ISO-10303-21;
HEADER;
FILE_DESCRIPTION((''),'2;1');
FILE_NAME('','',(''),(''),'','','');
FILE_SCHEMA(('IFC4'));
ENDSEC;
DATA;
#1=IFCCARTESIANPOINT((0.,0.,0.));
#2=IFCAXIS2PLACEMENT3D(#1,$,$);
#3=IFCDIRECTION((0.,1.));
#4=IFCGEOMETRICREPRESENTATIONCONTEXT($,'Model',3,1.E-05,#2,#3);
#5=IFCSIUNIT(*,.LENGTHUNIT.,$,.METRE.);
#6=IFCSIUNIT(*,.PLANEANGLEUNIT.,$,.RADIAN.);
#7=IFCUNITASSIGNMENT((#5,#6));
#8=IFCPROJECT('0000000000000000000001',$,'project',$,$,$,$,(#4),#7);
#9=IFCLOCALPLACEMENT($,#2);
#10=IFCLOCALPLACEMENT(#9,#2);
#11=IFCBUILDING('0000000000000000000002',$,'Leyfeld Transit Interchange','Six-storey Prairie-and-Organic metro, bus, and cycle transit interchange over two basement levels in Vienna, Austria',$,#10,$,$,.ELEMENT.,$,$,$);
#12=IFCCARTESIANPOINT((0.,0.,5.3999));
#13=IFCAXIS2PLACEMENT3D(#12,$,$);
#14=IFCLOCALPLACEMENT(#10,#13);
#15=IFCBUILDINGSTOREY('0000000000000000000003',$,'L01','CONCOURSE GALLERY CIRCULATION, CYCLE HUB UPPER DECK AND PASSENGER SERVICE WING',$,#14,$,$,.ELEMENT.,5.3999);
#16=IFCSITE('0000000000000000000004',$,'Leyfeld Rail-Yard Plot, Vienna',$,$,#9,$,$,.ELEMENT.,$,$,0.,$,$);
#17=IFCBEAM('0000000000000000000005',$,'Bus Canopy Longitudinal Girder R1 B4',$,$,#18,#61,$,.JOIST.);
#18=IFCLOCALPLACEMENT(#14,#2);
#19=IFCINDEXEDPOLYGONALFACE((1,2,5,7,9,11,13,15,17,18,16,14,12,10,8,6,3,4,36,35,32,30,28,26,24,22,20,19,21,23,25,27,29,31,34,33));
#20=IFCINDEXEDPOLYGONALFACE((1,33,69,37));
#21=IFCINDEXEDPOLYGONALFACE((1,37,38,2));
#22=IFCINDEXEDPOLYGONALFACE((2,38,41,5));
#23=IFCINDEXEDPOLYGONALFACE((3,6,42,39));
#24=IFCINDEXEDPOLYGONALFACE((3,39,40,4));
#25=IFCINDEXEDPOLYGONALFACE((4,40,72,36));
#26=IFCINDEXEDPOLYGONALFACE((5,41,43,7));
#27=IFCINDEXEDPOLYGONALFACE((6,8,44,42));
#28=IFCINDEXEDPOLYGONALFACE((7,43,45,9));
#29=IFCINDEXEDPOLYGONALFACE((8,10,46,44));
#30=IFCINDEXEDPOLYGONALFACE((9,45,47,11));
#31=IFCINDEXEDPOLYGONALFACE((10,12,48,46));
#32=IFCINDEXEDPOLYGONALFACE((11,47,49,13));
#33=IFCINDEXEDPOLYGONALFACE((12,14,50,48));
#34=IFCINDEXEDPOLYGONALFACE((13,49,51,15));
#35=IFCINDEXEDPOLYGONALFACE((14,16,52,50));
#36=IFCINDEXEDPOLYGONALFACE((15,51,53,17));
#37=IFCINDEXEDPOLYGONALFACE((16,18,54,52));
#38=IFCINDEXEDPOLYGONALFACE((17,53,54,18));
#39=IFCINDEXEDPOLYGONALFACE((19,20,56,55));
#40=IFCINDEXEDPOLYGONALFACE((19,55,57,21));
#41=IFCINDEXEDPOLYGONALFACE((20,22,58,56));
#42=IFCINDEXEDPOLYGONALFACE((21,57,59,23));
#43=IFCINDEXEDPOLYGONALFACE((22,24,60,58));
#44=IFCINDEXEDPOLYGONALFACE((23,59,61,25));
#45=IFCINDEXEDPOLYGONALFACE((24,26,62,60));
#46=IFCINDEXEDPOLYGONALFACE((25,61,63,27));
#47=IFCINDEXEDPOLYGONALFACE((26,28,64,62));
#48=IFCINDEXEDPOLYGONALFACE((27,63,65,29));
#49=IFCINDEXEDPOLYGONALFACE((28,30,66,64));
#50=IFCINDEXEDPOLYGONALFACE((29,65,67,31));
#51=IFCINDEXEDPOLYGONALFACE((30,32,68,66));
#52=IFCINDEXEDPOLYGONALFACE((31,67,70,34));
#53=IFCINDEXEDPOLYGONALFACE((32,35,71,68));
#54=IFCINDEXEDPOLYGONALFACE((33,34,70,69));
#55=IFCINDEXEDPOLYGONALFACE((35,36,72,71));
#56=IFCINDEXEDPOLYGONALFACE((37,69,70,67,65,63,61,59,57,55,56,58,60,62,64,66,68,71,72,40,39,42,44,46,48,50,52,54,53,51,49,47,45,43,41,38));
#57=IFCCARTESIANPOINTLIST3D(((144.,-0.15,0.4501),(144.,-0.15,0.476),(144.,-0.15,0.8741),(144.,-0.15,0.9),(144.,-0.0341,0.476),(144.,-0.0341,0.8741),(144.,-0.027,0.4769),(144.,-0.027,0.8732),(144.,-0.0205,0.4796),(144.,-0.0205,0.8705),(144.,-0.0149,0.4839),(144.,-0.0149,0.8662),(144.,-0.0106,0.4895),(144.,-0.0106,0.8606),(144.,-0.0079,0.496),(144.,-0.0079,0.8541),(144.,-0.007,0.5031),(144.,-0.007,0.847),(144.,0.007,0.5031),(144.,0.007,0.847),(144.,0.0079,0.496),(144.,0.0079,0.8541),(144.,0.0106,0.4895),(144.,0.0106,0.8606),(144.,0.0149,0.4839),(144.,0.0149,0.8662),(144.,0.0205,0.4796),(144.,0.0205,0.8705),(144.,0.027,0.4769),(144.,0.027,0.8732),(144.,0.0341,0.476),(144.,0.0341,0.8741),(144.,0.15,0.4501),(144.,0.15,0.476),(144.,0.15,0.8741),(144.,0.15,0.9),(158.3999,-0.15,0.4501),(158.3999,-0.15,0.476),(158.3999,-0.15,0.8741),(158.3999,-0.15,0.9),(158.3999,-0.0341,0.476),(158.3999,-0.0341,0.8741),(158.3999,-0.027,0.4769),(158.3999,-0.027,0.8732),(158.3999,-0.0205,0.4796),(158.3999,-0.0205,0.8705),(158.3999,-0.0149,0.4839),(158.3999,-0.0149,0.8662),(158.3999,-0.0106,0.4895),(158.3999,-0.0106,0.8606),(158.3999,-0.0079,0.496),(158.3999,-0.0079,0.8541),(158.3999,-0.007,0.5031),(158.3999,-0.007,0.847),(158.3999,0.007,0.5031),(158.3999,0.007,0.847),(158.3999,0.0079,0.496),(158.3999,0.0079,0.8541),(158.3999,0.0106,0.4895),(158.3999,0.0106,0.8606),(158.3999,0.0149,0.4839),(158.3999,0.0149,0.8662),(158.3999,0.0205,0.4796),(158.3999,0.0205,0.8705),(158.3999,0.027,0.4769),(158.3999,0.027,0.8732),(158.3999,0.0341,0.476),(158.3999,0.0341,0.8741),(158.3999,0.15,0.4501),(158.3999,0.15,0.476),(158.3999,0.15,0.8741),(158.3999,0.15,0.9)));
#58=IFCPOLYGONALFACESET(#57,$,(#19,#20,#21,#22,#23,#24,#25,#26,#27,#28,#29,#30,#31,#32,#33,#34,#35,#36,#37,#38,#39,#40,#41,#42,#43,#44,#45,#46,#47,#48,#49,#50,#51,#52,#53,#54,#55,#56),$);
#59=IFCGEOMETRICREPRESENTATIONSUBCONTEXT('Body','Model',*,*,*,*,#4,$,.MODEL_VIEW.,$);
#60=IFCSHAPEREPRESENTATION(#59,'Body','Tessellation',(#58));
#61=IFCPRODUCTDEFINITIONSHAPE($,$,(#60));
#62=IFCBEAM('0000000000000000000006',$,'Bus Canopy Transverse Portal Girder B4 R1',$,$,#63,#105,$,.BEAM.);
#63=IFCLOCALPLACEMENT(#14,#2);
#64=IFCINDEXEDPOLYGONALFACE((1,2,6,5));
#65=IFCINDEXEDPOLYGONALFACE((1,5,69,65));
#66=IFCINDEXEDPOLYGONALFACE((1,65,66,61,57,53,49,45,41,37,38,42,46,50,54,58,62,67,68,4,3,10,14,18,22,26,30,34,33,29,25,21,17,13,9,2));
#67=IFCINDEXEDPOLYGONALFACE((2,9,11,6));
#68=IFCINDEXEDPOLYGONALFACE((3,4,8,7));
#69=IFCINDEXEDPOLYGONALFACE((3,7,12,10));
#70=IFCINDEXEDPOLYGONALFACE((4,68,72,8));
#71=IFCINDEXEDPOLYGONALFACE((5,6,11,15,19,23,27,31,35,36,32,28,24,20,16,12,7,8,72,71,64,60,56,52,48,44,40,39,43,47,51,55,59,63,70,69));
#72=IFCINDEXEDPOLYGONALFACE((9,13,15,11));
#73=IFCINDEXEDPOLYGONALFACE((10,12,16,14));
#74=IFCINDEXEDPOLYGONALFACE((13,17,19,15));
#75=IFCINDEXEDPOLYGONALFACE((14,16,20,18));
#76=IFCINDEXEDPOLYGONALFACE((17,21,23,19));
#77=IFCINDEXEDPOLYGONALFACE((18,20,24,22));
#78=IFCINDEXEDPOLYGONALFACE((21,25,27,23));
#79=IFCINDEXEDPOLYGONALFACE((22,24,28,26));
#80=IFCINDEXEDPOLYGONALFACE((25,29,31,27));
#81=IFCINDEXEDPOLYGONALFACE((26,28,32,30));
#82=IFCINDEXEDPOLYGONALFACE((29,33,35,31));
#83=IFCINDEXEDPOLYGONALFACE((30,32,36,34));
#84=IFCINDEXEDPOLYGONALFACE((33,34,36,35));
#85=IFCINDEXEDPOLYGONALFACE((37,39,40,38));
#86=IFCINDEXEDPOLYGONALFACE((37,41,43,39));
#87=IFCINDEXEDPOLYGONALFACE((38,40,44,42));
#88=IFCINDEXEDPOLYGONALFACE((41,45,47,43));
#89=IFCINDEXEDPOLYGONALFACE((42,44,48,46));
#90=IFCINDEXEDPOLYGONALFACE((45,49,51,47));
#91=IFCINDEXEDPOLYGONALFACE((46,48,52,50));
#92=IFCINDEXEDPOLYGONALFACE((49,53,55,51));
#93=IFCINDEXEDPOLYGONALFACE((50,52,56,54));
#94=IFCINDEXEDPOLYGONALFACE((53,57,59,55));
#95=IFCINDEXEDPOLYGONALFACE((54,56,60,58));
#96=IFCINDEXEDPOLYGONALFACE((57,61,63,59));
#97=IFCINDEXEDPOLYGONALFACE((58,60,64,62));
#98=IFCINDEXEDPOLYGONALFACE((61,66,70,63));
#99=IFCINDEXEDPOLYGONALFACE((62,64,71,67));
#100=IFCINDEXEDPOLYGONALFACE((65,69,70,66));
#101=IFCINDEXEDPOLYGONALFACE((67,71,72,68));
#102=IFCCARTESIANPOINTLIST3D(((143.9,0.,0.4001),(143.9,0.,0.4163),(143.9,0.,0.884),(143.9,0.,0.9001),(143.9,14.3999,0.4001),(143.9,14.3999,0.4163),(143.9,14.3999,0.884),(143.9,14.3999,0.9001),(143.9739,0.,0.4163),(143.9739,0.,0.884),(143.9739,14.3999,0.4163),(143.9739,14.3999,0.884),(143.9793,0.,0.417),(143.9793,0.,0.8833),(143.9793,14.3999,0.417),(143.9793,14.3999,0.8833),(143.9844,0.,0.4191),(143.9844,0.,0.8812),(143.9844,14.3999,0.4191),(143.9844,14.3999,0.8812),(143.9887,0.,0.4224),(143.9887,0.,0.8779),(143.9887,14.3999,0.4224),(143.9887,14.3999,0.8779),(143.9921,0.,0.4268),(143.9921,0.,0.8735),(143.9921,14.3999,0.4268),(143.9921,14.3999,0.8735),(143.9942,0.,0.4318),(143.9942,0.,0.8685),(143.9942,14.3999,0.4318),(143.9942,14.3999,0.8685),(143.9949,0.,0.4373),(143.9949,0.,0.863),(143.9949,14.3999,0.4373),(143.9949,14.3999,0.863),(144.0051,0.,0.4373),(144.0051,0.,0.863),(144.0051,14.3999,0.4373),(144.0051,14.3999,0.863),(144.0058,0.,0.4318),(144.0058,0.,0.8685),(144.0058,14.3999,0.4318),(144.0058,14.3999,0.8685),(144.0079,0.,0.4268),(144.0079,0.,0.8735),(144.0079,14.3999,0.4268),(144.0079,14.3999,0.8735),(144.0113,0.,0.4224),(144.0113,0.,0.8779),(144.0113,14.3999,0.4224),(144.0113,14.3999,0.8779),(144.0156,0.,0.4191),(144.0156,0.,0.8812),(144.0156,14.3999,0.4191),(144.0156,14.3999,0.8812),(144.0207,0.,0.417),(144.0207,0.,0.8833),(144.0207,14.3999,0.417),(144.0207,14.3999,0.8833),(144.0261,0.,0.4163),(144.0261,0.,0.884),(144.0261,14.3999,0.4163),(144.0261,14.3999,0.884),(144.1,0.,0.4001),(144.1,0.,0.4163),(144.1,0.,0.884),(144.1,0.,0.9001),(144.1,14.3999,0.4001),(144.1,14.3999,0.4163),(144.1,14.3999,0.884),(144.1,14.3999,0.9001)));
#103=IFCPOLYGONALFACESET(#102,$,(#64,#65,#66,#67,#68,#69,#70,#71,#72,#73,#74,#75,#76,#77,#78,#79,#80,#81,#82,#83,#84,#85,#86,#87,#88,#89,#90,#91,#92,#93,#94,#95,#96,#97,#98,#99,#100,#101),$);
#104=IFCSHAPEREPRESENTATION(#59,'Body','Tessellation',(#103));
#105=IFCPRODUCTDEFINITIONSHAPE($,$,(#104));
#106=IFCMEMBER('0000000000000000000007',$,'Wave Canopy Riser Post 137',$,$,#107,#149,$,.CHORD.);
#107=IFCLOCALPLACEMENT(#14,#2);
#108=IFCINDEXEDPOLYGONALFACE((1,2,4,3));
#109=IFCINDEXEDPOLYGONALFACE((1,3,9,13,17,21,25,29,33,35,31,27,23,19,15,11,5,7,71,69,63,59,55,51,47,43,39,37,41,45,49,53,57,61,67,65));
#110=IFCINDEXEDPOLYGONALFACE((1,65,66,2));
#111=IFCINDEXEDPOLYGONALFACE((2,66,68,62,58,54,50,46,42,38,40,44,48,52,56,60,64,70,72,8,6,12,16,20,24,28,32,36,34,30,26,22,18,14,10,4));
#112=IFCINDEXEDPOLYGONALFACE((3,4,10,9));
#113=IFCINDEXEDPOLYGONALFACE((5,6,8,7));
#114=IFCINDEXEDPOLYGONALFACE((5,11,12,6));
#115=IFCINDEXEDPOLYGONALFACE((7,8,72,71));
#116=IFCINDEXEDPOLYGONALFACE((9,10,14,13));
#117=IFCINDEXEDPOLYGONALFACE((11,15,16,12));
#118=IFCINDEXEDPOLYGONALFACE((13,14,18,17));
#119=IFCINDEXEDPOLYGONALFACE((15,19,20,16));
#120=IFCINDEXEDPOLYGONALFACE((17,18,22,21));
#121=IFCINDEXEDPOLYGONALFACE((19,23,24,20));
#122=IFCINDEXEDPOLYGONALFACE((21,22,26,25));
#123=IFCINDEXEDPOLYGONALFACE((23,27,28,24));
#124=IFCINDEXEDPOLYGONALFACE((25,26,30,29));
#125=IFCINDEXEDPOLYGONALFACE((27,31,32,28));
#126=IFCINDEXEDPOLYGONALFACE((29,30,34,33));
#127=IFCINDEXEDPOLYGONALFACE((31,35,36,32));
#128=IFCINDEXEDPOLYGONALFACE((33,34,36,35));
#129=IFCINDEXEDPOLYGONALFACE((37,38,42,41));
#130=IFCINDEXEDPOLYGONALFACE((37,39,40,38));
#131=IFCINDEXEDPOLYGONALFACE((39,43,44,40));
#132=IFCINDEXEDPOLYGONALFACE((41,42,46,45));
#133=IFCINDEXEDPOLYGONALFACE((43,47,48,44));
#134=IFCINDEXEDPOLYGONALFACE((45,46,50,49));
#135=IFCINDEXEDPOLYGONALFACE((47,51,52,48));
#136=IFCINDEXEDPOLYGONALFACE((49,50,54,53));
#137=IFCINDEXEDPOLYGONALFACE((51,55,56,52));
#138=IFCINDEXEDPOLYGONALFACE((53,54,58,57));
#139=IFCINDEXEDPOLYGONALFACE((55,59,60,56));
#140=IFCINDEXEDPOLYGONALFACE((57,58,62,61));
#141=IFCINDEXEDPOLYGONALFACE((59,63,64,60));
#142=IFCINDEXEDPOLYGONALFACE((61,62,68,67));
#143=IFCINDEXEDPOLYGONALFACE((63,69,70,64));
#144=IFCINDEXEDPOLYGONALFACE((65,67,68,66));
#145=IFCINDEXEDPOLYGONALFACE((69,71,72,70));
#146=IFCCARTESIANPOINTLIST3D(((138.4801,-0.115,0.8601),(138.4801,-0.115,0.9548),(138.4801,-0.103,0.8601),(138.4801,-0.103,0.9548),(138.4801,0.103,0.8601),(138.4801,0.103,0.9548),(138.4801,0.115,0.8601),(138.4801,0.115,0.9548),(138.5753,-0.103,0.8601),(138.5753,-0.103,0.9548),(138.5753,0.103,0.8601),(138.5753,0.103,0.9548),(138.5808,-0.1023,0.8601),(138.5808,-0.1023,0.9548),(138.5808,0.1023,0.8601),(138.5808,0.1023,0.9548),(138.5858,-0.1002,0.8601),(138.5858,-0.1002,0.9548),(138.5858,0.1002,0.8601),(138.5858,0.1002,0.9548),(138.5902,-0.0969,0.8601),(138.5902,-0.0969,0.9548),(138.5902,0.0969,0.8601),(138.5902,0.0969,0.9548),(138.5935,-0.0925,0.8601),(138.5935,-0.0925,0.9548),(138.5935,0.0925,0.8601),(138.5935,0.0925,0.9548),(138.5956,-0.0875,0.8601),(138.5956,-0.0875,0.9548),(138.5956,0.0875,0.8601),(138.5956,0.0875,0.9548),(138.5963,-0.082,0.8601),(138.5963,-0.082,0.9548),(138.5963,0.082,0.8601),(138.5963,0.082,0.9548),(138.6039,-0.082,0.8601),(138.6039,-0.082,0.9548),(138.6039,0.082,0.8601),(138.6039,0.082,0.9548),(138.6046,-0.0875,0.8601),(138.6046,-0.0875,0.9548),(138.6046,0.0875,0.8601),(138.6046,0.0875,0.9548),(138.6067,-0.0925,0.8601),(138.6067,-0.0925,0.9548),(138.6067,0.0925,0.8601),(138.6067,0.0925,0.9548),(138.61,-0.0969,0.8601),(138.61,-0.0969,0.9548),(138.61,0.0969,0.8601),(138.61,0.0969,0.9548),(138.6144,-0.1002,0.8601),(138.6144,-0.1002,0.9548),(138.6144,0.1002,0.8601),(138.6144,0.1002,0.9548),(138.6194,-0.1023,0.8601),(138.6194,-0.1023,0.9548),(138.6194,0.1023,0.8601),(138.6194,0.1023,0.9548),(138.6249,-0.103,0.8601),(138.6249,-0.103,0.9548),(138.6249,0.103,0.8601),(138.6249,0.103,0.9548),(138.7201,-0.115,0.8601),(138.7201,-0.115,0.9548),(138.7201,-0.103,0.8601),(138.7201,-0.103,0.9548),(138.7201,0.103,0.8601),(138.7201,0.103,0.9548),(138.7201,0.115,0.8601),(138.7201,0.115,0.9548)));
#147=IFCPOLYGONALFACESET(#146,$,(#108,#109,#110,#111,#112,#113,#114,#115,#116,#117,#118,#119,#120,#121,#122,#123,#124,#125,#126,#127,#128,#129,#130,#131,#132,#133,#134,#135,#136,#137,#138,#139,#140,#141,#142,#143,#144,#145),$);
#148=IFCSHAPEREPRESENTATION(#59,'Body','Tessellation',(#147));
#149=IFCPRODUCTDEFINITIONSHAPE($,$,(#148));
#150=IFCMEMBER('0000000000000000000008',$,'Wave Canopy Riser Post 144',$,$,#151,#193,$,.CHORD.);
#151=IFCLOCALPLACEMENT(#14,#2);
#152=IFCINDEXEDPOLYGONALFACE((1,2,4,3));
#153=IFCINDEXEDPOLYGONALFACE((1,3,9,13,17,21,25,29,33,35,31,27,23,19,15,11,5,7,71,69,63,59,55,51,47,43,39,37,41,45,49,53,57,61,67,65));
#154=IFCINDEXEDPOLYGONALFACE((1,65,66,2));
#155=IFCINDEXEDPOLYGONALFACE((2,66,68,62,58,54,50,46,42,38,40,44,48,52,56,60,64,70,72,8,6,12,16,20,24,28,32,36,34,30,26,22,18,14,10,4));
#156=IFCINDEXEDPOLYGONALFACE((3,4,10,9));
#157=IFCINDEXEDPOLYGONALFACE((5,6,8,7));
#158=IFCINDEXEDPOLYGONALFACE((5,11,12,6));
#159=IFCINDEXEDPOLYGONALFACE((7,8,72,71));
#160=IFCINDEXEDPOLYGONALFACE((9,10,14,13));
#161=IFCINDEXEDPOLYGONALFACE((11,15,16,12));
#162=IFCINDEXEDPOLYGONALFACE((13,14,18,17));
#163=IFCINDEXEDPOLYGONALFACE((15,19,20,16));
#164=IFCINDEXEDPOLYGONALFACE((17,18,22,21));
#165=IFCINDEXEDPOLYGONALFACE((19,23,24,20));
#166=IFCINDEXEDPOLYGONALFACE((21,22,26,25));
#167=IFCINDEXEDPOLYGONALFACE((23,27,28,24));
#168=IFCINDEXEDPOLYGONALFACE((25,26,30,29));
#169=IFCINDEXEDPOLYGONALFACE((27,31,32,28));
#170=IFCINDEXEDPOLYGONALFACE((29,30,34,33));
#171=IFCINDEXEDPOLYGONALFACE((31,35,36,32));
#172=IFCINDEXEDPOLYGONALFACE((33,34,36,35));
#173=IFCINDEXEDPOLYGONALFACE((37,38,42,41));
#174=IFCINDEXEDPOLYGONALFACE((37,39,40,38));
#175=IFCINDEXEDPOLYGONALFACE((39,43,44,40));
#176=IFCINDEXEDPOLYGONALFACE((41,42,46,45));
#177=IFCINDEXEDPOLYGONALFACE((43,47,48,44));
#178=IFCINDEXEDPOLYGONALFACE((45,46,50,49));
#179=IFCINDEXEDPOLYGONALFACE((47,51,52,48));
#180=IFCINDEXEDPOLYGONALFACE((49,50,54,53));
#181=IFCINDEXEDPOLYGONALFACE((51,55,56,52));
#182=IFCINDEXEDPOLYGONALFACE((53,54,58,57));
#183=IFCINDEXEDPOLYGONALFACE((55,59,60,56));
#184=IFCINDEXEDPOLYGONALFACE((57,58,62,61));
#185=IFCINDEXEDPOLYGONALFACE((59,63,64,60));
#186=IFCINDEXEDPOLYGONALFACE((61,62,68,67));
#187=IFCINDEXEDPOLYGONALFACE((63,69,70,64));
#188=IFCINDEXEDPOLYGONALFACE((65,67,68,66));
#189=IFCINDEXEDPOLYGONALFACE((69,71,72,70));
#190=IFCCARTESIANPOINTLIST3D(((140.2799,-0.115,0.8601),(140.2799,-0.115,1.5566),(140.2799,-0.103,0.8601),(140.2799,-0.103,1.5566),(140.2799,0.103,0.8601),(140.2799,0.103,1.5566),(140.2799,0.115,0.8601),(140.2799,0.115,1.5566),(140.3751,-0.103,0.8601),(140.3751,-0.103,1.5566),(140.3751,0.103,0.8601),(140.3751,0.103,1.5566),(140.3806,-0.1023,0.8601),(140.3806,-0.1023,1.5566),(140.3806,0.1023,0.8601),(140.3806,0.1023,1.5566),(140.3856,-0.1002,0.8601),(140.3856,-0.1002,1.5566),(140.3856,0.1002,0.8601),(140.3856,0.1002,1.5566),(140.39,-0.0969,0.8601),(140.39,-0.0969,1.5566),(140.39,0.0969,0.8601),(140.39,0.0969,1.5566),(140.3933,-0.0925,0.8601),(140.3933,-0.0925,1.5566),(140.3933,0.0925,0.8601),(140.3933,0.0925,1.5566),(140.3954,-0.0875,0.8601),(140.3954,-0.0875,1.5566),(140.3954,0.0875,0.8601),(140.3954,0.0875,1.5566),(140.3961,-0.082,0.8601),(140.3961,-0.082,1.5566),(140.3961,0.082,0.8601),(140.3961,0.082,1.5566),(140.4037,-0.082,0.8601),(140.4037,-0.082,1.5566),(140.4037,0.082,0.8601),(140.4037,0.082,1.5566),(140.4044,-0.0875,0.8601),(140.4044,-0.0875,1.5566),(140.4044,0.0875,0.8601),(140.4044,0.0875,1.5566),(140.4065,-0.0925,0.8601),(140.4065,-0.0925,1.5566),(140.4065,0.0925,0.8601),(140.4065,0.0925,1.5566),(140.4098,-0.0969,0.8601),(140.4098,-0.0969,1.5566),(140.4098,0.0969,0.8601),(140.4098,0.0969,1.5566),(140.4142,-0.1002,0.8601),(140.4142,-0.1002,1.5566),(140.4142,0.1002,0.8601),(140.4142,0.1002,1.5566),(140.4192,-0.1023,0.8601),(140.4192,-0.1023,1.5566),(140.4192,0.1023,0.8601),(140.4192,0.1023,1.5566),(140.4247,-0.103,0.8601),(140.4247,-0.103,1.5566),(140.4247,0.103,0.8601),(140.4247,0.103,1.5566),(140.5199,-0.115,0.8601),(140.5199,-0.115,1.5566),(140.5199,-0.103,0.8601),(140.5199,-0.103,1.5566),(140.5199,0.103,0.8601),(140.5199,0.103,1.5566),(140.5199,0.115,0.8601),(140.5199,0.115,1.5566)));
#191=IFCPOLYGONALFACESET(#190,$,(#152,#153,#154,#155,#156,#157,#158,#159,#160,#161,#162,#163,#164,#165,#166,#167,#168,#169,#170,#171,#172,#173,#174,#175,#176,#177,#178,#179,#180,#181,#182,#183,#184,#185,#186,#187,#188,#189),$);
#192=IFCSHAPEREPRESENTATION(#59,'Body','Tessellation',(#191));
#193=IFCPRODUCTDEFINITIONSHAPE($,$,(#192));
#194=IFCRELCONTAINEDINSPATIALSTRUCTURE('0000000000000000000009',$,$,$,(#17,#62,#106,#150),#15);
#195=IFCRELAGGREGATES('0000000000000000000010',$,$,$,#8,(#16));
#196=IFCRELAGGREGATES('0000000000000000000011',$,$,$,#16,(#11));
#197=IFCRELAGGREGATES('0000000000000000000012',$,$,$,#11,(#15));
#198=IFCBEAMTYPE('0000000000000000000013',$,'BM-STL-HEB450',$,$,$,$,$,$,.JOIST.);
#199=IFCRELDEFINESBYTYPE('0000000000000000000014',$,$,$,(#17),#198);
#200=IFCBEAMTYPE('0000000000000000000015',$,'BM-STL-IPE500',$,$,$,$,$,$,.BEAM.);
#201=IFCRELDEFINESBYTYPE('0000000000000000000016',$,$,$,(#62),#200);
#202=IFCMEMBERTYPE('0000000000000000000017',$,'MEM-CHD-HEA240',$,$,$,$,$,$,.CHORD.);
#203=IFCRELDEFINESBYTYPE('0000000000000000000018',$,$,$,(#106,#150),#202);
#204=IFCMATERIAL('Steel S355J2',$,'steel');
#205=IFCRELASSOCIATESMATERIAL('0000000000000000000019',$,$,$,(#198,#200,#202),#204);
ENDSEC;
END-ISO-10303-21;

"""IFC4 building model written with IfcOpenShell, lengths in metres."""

from ifc_helpers import new_model, si_unit, direction, frame, origin, origin_2d, place, context, subcontext, project, spatial, i_section, extrude, material, material_profile, profile_set, type_object, element, save


model = new_model("IFC4")

# Units and contexts
model_context = context("Model", 3, precision=1e-05, world=origin(), true_north=direction((0.0, 1.0)))
body_context = subcontext(model_context, "Body", "Model", "MODEL_VIEW")
ifc_project = project(units=[si_unit("LENGTHUNIT", "METRE"), si_unit("PLANEANGLEUNIT", "RADIAN")], contexts=[model_context])

# Site, building, storey
site_placement = place(None, origin())
site = spatial("IfcSite", under=ifc_project, at=site_placement, Name="Leyfeld Rail-Yard Plot, Vienna", CompositionType="ELEMENT", RefElevation=0.0)
building_placement = place(site_placement, origin())
building = spatial("IfcBuilding", under=site, at=building_placement, Name="Leyfeld Transit Interchange", Description="Six-storey Prairie-and-Organic metro, bus, and cycle transit interchange over two basement levels in Vienna, Austria", CompositionType="ELEMENT")
storey_placement = place(building_placement, frame((0.0, 0.0, 5.3999)))
storey = spatial("IfcBuildingStorey", under=building, at=storey_placement, Name="L01", Description="CONCOURSE GALLERY CIRCULATION, CYCLE HUB UPPER DECK AND PASSENGER SERVICE WING", CompositionType="ELEMENT", Elevation=5.3999)

# Beams
ifc_material = material(Name="Steel S355J2", Category="steel")
ifc_material_profile_1 = material_profile(ifc_material, i_section(OverallWidth=0.3, OverallDepth=0.45, WebThickness=0.0139, FlangeThickness=0.0259, FilletRadius=0.0271, at=origin_2d()), Name="HEB 450")
ifc_profile_set_1 = profile_set([ifc_material_profile_1], Name="Steel S355J2")
beam_type_1 = type_object("IfcBeamType", Name="BM-STL-HEB450", PredefinedType="JOIST", material=ifc_profile_set_1)
beam_1_placement = place(storey_placement, frame((144.0, 0.0, 0.675), z_axis=(1.0, 0.0, 0.0), x_axis=(0.0, 1.0, 0.0)))
element("IfcBeam", 1, at=beam_1_placement, inside=storey, type_object=beam_type_1, Name="Bus Canopy Longitudinal Girder R1 B4", PredefinedType="JOIST", context=body_context, shape_type="SweptSolid", body=[
    extrude(i_section(OverallWidth=0.3, OverallDepth=0.45, WebThickness=0.0139, FlangeThickness=0.0259, FilletRadius=0.0271, at=origin_2d()), origin(), (0.0, 0.0, 1.0), 14.3999),
])
ifc_material_profile_2 = material_profile(ifc_material, i_section(OverallWidth=0.2, OverallDepth=0.5, WebThickness=0.0103, FlangeThickness=0.0161, FilletRadius=0.021, at=origin_2d()), Name="IPE 500")
ifc_profile_set_2 = profile_set([ifc_material_profile_2], Name="Steel S355J2")
beam_type_2 = type_object("IfcBeamType", Name="BM-STL-IPE500", PredefinedType="BEAM", material=ifc_profile_set_2)
beam_2_placement = place(storey_placement, frame((144.0, 0.0, 0.6501), z_axis=(0.0, 1.0, 0.0), x_axis=(-1.0, 0.0, 0.0)))
element("IfcBeam", 2, at=beam_2_placement, inside=storey, type_object=beam_type_2, Name="Bus Canopy Transverse Portal Girder B4 R1", PredefinedType="BEAM", context=body_context, shape_type="SweptSolid", body=[
    extrude(i_section(OverallWidth=0.2, OverallDepth=0.5, WebThickness=0.0103, FlangeThickness=0.0161, FilletRadius=0.021, at=origin_2d()), origin(), (0.0, 0.0, 1.0), 14.3999),
])

# Members
ifc_material_profile_3 = material_profile(ifc_material, i_section(OverallWidth=0.24, OverallDepth=0.23, WebThickness=0.0076, FlangeThickness=0.012, FilletRadius=0.021, at=origin_2d()), Name="HEA 240")
ifc_profile_set_3 = profile_set([ifc_material_profile_3], Name="Steel S355J2")
member_type_1 = type_object("IfcMemberType", Name="MEM-CHD-HEA240", PredefinedType="CHORD", material=ifc_profile_set_3)
member_1_placement = place(storey_placement, frame((138.6001, 0.0, 0.8601), z_axis=(0.0, 0.0, 1.0), x_axis=(1.0, 0.0, 0.0)))
element("IfcMember", 3, at=member_1_placement, inside=storey, type_object=member_type_1, Name="Wave Canopy Riser Post 137", PredefinedType="CHORD", context=body_context, shape_type="SweptSolid", body=[
    extrude(i_section(OverallWidth=0.24, OverallDepth=0.23, WebThickness=0.0076, FlangeThickness=0.012, FilletRadius=0.021, at=origin_2d()), origin(), (0.0, 0.0, 1.0), 0.0947),
])
member_2_placement = place(storey_placement, frame((140.3999, 0.0, 0.8601), z_axis=(0.0, 0.0, 1.0), x_axis=(1.0, 0.0, 0.0)))
element("IfcMember", 4, at=member_2_placement, inside=storey, type_object=member_type_1, Name="Wave Canopy Riser Post 144", PredefinedType="CHORD", context=body_context, shape_type="SweptSolid", body=[
    extrude(i_section(OverallWidth=0.24, OverallDepth=0.23, WebThickness=0.0076, FlangeThickness=0.012, FilletRadius=0.021, at=origin_2d()), origin(), (0.0, 0.0, 1.0), 0.6965),
])

save(model, "model.ifc")
